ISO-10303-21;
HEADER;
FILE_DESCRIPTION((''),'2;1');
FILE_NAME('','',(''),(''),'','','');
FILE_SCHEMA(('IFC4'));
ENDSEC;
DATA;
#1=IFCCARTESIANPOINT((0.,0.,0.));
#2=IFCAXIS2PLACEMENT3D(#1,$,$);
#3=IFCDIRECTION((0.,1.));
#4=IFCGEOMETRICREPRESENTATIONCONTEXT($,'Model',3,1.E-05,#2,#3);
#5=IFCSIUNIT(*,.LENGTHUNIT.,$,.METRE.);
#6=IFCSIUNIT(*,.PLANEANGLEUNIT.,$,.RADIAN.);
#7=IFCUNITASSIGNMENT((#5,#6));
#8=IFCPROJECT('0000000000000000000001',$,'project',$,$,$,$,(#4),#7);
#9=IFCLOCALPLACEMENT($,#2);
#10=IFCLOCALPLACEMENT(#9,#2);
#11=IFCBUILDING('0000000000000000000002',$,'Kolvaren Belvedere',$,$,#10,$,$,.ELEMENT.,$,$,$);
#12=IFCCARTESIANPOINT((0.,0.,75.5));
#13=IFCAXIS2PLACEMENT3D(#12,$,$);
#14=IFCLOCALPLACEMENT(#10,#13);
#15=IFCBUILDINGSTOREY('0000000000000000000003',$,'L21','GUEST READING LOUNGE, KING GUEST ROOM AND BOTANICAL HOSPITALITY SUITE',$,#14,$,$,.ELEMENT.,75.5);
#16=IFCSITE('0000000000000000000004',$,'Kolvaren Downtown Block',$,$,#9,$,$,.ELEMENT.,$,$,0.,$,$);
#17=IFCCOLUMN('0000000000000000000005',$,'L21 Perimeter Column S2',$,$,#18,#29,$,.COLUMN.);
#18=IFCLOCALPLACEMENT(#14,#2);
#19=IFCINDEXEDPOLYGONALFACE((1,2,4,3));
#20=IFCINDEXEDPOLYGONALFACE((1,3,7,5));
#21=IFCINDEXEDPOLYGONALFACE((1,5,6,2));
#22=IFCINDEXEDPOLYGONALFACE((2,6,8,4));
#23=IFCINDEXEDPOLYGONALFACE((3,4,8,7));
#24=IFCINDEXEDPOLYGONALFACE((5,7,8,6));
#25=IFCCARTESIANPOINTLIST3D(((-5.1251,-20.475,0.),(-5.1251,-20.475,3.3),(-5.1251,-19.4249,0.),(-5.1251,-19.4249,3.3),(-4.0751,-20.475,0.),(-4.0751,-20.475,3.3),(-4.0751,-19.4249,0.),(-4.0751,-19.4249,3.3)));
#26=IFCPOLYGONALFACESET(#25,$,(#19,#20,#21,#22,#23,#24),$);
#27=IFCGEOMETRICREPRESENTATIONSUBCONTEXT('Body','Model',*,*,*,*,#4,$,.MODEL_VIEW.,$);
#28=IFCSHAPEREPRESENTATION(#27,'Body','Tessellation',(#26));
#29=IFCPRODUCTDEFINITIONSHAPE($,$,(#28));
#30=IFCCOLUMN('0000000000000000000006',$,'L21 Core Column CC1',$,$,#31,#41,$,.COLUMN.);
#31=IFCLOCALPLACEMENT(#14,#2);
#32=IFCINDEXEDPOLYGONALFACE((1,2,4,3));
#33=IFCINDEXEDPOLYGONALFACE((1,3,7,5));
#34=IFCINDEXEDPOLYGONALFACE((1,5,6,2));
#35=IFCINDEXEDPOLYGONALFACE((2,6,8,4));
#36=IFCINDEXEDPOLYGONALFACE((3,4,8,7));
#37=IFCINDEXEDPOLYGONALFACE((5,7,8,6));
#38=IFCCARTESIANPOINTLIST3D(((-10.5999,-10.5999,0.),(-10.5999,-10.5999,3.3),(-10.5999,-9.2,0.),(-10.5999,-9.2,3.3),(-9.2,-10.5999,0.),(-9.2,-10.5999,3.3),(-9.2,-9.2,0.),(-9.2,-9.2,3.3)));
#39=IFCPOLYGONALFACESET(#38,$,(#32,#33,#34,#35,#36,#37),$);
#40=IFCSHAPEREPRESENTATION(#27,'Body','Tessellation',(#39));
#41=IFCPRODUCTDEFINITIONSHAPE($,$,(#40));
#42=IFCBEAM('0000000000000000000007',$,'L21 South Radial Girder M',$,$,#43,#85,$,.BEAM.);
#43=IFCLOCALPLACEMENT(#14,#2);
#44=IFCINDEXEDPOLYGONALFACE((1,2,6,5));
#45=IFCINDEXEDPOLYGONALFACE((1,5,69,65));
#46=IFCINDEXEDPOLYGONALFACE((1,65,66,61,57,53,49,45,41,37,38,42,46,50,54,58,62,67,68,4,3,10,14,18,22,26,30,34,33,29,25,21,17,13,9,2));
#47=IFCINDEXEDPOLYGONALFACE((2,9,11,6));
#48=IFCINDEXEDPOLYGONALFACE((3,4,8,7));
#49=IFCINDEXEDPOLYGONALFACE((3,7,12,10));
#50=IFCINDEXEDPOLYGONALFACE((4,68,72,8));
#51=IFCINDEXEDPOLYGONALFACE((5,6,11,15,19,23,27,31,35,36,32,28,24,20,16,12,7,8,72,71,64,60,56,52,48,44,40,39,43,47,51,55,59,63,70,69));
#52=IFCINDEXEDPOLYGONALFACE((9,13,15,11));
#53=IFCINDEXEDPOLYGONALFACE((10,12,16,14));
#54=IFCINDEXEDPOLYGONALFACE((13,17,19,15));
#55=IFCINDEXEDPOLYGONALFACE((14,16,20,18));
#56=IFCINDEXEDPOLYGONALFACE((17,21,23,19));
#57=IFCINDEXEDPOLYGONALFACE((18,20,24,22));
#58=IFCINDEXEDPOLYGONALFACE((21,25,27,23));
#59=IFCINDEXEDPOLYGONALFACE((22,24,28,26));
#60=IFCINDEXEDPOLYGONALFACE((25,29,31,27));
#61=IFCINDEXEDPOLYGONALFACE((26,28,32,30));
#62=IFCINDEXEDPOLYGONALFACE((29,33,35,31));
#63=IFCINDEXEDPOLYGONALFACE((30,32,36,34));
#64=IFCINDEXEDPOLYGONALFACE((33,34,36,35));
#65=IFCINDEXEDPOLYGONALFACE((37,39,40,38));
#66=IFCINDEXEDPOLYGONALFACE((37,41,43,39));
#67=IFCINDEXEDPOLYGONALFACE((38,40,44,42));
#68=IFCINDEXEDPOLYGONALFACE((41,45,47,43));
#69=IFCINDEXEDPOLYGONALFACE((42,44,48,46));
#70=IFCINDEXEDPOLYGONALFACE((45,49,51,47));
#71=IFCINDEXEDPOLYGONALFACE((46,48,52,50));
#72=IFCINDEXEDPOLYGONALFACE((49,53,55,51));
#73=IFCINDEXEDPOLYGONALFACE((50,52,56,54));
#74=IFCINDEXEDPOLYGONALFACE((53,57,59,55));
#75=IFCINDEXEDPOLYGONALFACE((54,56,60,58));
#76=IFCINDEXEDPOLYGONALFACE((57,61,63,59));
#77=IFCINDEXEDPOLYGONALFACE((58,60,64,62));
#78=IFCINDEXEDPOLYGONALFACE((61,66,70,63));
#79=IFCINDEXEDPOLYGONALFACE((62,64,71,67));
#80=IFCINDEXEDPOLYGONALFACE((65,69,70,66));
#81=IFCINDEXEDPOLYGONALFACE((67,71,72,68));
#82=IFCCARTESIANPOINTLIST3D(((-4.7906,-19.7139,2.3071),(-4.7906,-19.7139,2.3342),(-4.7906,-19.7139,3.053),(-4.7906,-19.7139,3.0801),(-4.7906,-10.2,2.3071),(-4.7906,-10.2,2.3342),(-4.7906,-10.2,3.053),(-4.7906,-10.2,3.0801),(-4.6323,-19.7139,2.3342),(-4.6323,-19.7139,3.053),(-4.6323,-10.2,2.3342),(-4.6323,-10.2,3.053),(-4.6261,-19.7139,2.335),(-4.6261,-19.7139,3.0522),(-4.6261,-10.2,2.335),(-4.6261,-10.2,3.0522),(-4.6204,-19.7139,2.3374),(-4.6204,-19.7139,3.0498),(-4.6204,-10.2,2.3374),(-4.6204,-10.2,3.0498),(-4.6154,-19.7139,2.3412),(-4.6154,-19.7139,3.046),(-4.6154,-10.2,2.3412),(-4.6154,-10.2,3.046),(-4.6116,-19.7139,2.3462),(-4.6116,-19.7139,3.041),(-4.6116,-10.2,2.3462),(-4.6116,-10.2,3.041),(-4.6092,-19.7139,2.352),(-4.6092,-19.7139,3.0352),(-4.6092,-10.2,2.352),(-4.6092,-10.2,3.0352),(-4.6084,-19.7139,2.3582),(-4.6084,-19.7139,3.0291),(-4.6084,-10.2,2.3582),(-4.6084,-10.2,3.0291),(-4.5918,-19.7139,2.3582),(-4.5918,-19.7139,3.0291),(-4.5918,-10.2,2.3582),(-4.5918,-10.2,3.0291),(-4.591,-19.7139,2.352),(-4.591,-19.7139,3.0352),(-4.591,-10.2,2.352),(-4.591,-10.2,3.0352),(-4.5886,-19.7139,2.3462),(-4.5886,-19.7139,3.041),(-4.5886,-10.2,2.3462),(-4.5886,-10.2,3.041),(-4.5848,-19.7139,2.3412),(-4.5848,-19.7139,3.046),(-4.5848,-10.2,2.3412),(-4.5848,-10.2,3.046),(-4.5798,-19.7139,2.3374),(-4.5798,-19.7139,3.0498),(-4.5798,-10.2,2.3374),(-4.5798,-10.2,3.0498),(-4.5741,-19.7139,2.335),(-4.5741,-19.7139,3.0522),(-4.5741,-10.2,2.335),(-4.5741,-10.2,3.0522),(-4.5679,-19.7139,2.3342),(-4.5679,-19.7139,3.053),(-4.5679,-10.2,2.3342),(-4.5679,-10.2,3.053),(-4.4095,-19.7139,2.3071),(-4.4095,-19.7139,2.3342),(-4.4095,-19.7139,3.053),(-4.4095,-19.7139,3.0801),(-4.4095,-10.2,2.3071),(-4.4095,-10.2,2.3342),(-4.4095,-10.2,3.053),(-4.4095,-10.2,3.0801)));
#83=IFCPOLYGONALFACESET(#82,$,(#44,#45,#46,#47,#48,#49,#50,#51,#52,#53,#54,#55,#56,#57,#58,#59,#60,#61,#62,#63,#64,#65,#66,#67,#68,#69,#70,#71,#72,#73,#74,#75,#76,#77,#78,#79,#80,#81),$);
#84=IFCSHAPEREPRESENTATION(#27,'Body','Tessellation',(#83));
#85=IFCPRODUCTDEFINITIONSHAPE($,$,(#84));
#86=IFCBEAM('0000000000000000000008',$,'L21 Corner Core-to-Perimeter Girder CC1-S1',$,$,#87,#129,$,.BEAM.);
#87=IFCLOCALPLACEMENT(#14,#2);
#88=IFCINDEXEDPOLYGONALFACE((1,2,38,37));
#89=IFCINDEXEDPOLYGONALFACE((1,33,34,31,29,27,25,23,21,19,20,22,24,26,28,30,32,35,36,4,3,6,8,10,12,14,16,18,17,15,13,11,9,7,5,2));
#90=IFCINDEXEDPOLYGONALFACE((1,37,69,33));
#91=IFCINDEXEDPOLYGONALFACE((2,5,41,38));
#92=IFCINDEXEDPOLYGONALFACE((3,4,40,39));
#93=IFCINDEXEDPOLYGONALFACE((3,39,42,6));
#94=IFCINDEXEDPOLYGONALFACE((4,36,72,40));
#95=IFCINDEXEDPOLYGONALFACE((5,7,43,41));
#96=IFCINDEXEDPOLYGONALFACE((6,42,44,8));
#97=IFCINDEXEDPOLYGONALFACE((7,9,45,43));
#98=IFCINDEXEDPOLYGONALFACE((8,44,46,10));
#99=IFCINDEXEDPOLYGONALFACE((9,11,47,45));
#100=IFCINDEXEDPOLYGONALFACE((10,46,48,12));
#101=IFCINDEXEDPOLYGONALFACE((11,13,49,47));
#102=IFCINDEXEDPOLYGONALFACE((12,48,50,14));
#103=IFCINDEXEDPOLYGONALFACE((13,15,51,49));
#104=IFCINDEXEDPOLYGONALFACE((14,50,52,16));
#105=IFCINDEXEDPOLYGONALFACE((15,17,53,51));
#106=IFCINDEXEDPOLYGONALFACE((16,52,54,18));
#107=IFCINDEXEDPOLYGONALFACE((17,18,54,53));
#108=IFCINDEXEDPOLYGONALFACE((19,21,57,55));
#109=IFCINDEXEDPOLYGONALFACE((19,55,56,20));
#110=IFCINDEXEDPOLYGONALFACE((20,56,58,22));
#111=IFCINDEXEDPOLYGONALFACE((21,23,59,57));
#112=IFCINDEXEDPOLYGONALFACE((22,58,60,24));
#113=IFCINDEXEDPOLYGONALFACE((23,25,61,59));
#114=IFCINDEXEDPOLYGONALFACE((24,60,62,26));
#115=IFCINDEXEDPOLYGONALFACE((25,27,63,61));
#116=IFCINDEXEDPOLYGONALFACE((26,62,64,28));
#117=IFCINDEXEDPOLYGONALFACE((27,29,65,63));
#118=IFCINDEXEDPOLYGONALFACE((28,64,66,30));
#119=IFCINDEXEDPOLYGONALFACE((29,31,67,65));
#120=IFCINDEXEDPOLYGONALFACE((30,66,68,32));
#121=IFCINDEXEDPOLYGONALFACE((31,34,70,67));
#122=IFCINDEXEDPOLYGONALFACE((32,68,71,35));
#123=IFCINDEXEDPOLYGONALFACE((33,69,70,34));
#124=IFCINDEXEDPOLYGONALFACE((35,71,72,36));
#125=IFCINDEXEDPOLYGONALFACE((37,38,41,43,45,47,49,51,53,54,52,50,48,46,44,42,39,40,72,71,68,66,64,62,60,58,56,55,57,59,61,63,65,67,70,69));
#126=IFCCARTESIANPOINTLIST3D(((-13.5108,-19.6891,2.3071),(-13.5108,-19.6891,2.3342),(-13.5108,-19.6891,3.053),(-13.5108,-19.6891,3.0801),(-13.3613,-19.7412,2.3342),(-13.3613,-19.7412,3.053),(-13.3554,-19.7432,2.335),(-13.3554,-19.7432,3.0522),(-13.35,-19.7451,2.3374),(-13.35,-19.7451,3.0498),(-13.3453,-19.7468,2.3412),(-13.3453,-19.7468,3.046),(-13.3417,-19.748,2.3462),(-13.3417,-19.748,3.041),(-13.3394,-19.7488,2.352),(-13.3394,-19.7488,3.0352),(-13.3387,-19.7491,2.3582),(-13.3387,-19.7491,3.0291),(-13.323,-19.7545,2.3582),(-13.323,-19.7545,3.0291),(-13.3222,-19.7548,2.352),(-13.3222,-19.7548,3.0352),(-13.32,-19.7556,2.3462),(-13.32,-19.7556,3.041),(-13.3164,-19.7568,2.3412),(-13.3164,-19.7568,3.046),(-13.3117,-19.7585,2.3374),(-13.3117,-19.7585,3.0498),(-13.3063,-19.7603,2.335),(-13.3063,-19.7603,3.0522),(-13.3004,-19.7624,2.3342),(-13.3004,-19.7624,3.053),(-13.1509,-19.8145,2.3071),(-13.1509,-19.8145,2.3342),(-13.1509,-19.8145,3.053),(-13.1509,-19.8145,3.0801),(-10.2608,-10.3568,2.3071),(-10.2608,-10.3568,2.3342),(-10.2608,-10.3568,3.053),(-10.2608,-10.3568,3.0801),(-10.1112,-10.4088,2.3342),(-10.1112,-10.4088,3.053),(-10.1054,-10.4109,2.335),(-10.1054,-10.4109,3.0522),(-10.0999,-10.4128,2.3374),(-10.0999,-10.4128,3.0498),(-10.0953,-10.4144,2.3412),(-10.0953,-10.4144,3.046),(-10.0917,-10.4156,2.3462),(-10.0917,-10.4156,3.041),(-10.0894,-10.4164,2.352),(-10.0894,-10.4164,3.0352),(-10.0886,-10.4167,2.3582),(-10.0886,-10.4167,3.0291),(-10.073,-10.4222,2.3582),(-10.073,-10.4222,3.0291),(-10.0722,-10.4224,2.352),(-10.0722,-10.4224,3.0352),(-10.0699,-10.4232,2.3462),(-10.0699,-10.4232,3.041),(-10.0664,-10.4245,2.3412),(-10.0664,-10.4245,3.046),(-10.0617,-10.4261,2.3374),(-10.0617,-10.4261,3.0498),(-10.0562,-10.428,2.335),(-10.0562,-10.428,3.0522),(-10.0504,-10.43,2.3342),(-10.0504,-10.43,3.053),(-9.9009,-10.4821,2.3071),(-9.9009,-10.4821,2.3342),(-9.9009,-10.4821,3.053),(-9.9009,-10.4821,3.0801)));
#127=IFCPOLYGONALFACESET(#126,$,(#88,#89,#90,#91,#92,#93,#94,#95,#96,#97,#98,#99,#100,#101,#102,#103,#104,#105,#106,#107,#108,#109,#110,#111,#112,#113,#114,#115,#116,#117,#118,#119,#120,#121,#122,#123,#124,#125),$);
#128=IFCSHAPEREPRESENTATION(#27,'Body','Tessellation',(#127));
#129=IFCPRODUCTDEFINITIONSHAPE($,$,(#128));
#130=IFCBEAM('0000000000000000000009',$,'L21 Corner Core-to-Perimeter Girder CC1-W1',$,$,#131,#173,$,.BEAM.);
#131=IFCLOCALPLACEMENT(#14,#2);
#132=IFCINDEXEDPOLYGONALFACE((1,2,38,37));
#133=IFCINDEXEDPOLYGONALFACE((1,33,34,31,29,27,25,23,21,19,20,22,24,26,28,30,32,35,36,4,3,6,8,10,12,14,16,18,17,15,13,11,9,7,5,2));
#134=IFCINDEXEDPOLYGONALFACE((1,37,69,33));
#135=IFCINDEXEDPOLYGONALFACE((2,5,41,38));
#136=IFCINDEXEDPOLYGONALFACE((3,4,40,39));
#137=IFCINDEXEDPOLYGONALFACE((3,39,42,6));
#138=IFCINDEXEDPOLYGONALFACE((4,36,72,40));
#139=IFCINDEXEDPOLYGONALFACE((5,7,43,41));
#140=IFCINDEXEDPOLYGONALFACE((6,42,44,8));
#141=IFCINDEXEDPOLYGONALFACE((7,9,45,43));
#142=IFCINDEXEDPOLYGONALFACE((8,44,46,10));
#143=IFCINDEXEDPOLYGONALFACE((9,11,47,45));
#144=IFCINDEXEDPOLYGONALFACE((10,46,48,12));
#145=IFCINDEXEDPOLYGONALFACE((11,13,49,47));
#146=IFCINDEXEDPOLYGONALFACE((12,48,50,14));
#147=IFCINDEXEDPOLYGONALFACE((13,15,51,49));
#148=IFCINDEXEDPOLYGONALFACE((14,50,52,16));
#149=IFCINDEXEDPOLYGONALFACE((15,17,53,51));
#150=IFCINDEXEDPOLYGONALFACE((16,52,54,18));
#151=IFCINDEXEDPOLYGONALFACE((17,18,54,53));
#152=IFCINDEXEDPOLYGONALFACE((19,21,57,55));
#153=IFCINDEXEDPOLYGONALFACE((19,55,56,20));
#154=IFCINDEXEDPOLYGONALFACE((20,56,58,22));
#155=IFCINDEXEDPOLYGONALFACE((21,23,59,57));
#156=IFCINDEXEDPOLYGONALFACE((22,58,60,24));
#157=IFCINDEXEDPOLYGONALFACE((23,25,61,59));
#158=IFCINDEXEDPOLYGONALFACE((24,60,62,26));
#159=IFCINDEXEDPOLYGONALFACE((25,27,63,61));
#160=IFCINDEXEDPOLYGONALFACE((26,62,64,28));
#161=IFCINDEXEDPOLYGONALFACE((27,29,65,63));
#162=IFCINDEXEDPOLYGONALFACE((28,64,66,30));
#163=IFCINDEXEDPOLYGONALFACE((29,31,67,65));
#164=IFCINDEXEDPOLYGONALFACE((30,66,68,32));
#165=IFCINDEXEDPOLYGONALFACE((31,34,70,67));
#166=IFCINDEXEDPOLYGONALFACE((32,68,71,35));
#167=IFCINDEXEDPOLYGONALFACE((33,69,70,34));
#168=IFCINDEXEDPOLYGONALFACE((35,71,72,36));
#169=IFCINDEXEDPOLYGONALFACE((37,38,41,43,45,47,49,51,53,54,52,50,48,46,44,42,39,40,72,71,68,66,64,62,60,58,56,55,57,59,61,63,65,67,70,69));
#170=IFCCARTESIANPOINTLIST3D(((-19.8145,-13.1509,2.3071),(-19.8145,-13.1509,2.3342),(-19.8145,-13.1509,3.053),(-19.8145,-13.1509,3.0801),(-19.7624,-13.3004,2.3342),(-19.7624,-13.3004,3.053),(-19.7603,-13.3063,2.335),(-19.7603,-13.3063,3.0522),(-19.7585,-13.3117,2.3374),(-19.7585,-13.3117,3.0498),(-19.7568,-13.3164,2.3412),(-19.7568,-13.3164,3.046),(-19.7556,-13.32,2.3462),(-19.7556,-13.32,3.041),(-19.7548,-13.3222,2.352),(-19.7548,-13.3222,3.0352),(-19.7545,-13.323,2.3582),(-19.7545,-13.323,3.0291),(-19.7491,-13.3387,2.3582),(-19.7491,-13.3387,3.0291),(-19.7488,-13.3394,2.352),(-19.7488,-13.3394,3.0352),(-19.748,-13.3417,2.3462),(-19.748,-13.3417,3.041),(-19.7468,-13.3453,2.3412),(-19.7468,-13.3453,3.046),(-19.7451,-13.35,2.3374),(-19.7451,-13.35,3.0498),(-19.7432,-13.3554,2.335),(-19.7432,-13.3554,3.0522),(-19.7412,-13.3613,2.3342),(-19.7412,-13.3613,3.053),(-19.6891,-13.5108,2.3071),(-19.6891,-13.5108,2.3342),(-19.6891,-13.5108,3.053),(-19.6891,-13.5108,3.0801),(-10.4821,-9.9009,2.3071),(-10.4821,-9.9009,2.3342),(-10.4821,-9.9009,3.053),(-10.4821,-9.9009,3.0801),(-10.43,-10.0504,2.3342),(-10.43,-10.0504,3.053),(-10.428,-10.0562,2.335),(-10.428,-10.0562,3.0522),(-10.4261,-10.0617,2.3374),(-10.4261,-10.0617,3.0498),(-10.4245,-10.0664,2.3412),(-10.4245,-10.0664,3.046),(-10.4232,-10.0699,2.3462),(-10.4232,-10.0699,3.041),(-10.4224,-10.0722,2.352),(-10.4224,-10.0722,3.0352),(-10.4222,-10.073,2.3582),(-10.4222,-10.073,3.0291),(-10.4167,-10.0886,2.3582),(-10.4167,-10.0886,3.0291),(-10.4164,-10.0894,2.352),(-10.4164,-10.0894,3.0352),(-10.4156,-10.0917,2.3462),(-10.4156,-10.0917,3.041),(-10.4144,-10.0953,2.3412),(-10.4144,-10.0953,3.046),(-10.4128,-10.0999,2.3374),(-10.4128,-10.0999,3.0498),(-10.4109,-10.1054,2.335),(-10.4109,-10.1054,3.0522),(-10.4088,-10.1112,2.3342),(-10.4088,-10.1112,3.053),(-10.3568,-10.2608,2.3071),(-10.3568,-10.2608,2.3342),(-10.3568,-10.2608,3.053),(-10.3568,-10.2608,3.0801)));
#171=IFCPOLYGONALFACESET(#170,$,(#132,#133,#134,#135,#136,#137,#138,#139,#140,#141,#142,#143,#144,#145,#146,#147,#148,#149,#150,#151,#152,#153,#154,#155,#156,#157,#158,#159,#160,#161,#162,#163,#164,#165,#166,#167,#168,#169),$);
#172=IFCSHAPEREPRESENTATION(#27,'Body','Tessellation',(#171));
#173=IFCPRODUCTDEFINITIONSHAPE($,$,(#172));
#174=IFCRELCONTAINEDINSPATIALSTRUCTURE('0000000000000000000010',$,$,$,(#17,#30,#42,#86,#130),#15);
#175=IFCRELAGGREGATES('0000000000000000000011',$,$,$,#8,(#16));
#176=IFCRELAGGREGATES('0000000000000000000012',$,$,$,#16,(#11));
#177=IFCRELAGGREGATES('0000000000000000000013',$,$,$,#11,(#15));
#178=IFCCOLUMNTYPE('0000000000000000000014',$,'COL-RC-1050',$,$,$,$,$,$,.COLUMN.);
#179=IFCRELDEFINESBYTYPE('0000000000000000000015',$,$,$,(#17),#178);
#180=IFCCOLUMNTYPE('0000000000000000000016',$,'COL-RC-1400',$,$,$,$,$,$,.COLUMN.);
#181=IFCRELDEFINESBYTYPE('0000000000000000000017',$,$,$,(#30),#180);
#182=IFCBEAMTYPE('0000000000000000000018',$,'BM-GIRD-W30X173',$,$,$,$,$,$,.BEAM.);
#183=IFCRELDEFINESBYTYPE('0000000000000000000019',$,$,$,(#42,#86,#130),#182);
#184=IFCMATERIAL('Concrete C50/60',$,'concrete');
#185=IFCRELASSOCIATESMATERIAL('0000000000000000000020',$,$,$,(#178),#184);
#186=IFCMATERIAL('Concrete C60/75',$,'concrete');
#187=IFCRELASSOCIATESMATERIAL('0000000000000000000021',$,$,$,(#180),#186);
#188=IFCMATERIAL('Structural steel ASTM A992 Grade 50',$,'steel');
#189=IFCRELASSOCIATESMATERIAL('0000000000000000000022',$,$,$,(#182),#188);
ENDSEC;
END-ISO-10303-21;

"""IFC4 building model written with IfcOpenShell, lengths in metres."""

from ifc_helpers import new_model, si_unit, direction, frame, origin, origin_2d, place, context, subcontext, project, spatial, rectangle, i_section, extrude, material, material_profile, profile_set, type_object, element, save


model = new_model("IFC4")

# Units and contexts
model_context = context("Model", 3, precision=1e-05, world=origin(), true_north=direction((0.0, 1.0)))
body_context = subcontext(model_context, "Body", "Model", "MODEL_VIEW")
ifc_project = project(units=[si_unit("LENGTHUNIT", "METRE"), si_unit("PLANEANGLEUNIT", "RADIAN")], contexts=[model_context])

# Site, building, storey
site_placement = place(None, origin())
site = spatial("IfcSite", under=ifc_project, at=site_placement, Name="Kolvaren Downtown Block", CompositionType="ELEMENT", RefElevation=0.0)
building_placement = place(site_placement, origin())
building = spatial("IfcBuilding", under=site, at=building_placement, Name="Kolvaren Belvedere", CompositionType="ELEMENT")
storey_placement = place(building_placement, frame((0.0, 0.0, 75.5)))
storey = spatial("IfcBuildingStorey", under=building, at=storey_placement, Name="L21", Description="GUEST READING LOUNGE, KING GUEST ROOM AND BOTANICAL HOSPITALITY SUITE", CompositionType="ELEMENT", Elevation=75.5)

# Columns
ifc_material_1 = material(Name="Concrete C50/60", Category="concrete")
ifc_material_profile_1 = material_profile(ifc_material_1, rectangle(XDim=1.05, YDim=1.05, at=origin_2d()), Name="RC 1050X1050")
ifc_profile_set_1 = profile_set([ifc_material_profile_1], Name="Concrete C50/60")
column_type_1 = type_object("IfcColumnType", Name="COL-RC-1050", PredefinedType="COLUMN", material=ifc_profile_set_1)
column_1_placement = place(storey_placement, frame((-4.6001, -19.95, 0.0), z_axis=(0.0, 0.0, 1.0), x_axis=(1.0, 0.0, 0.0)))
element("IfcColumn", 1, at=column_1_placement, inside=storey, type_object=column_type_1, Name="L21 Perimeter Column S2", PredefinedType="COLUMN", context=body_context, shape_type="SweptSolid", body=[
    extrude(rectangle(XDim=1.05, YDim=1.05, at=origin_2d()), origin(), (0.0, 0.0, 1.0), 3.3),
])
ifc_material_2 = material(Name="Concrete C60/75", Category="concrete")
ifc_material_profile_2 = material_profile(ifc_material_2, rectangle(XDim=1.3999, YDim=1.3999, at=origin_2d()), Name="RC 1400X1400")
ifc_profile_set_2 = profile_set([ifc_material_profile_2], Name="Concrete C60/75")
column_type_2 = type_object("IfcColumnType", Name="COL-RC-1400", PredefinedType="COLUMN", material=ifc_profile_set_2)
column_2_placement = place(storey_placement, frame((-9.8999, -9.8999, 0.0), z_axis=(0.0, 0.0, 1.0), x_axis=(1.0, 0.0, 0.0)))
element("IfcColumn", 2, at=column_2_placement, inside=storey, type_object=column_type_2, Name="L21 Core Column CC1", PredefinedType="COLUMN", context=body_context, shape_type="SweptSolid", body=[
    extrude(rectangle(XDim=1.3999, YDim=1.3999, at=origin_2d()), origin(), (0.0, 0.0, 1.0), 3.3),
])

# Beams
ifc_material_3 = material(Name="Structural steel ASTM A992 Grade 50", Category="steel")
ifc_material_profile_3 = material_profile(ifc_material_3, i_section(OverallWidth=0.3811, OverallDepth=0.7729, WebThickness=0.0166, FlangeThickness=0.0271, FilletRadius=0.0239, at=origin_2d()), Name="W30X173")
ifc_profile_set_3 = profile_set([ifc_material_profile_3], Name="Structural steel ASTM A992 Grade 50")
beam_type_1 = type_object("IfcBeamType", Name="BM-GIRD-W30X173", PredefinedType="BEAM", material=ifc_profile_set_3)
beam_1_placement = place(storey_placement, frame((-4.6001, -10.2, 2.6936), z_axis=(0.0, -1.0, 0.0), x_axis=(1.0, 0.0, 0.0)))
element("IfcBeam", 3, at=beam_1_placement, inside=storey, type_object=beam_type_1, Name="L21 South Radial Girder M", PredefinedType="BEAM", context=body_context, shape_type="SweptSolid", body=[
    extrude(i_section(OverallWidth=0.3811, OverallDepth=0.7729, WebThickness=0.0166, FlangeThickness=0.0271, FilletRadius=0.0239, at=origin_2d()), origin(), (0.0, 0.0, 1.0), 9.5139),
])
for number, where, z_axis, x_axis, name in (
    (4, (-10.0808, -10.4194, 2.6936), (-0.328881, -0.944371, 0.0), (0.944371, -0.328881, 0.0), "L21 Corner Core-to-Perimeter Girder CC1-S1"),
    (5, (-10.4194, -10.0808, 2.6936), (-0.944371, -0.328881, 0.0), (0.328881, -0.944371, 0.0), "L21 Corner Core-to-Perimeter Girder CC1-W1"),
):
    element("IfcBeam", number, at=place(storey_placement, frame(where, z_axis=z_axis, x_axis=x_axis)), inside=storey, type_object=beam_type_1, Name=name, PredefinedType="BEAM", context=body_context, shape_type="SweptSolid", body=[
        extrude(i_section(OverallWidth=0.3811, OverallDepth=0.7729, WebThickness=0.0166, FlangeThickness=0.0271, FilletRadius=0.0239, at=origin_2d()), origin(), (0.0, 0.0, 1.0), 9.8821),
    ])

save(model, "model.ifc")
